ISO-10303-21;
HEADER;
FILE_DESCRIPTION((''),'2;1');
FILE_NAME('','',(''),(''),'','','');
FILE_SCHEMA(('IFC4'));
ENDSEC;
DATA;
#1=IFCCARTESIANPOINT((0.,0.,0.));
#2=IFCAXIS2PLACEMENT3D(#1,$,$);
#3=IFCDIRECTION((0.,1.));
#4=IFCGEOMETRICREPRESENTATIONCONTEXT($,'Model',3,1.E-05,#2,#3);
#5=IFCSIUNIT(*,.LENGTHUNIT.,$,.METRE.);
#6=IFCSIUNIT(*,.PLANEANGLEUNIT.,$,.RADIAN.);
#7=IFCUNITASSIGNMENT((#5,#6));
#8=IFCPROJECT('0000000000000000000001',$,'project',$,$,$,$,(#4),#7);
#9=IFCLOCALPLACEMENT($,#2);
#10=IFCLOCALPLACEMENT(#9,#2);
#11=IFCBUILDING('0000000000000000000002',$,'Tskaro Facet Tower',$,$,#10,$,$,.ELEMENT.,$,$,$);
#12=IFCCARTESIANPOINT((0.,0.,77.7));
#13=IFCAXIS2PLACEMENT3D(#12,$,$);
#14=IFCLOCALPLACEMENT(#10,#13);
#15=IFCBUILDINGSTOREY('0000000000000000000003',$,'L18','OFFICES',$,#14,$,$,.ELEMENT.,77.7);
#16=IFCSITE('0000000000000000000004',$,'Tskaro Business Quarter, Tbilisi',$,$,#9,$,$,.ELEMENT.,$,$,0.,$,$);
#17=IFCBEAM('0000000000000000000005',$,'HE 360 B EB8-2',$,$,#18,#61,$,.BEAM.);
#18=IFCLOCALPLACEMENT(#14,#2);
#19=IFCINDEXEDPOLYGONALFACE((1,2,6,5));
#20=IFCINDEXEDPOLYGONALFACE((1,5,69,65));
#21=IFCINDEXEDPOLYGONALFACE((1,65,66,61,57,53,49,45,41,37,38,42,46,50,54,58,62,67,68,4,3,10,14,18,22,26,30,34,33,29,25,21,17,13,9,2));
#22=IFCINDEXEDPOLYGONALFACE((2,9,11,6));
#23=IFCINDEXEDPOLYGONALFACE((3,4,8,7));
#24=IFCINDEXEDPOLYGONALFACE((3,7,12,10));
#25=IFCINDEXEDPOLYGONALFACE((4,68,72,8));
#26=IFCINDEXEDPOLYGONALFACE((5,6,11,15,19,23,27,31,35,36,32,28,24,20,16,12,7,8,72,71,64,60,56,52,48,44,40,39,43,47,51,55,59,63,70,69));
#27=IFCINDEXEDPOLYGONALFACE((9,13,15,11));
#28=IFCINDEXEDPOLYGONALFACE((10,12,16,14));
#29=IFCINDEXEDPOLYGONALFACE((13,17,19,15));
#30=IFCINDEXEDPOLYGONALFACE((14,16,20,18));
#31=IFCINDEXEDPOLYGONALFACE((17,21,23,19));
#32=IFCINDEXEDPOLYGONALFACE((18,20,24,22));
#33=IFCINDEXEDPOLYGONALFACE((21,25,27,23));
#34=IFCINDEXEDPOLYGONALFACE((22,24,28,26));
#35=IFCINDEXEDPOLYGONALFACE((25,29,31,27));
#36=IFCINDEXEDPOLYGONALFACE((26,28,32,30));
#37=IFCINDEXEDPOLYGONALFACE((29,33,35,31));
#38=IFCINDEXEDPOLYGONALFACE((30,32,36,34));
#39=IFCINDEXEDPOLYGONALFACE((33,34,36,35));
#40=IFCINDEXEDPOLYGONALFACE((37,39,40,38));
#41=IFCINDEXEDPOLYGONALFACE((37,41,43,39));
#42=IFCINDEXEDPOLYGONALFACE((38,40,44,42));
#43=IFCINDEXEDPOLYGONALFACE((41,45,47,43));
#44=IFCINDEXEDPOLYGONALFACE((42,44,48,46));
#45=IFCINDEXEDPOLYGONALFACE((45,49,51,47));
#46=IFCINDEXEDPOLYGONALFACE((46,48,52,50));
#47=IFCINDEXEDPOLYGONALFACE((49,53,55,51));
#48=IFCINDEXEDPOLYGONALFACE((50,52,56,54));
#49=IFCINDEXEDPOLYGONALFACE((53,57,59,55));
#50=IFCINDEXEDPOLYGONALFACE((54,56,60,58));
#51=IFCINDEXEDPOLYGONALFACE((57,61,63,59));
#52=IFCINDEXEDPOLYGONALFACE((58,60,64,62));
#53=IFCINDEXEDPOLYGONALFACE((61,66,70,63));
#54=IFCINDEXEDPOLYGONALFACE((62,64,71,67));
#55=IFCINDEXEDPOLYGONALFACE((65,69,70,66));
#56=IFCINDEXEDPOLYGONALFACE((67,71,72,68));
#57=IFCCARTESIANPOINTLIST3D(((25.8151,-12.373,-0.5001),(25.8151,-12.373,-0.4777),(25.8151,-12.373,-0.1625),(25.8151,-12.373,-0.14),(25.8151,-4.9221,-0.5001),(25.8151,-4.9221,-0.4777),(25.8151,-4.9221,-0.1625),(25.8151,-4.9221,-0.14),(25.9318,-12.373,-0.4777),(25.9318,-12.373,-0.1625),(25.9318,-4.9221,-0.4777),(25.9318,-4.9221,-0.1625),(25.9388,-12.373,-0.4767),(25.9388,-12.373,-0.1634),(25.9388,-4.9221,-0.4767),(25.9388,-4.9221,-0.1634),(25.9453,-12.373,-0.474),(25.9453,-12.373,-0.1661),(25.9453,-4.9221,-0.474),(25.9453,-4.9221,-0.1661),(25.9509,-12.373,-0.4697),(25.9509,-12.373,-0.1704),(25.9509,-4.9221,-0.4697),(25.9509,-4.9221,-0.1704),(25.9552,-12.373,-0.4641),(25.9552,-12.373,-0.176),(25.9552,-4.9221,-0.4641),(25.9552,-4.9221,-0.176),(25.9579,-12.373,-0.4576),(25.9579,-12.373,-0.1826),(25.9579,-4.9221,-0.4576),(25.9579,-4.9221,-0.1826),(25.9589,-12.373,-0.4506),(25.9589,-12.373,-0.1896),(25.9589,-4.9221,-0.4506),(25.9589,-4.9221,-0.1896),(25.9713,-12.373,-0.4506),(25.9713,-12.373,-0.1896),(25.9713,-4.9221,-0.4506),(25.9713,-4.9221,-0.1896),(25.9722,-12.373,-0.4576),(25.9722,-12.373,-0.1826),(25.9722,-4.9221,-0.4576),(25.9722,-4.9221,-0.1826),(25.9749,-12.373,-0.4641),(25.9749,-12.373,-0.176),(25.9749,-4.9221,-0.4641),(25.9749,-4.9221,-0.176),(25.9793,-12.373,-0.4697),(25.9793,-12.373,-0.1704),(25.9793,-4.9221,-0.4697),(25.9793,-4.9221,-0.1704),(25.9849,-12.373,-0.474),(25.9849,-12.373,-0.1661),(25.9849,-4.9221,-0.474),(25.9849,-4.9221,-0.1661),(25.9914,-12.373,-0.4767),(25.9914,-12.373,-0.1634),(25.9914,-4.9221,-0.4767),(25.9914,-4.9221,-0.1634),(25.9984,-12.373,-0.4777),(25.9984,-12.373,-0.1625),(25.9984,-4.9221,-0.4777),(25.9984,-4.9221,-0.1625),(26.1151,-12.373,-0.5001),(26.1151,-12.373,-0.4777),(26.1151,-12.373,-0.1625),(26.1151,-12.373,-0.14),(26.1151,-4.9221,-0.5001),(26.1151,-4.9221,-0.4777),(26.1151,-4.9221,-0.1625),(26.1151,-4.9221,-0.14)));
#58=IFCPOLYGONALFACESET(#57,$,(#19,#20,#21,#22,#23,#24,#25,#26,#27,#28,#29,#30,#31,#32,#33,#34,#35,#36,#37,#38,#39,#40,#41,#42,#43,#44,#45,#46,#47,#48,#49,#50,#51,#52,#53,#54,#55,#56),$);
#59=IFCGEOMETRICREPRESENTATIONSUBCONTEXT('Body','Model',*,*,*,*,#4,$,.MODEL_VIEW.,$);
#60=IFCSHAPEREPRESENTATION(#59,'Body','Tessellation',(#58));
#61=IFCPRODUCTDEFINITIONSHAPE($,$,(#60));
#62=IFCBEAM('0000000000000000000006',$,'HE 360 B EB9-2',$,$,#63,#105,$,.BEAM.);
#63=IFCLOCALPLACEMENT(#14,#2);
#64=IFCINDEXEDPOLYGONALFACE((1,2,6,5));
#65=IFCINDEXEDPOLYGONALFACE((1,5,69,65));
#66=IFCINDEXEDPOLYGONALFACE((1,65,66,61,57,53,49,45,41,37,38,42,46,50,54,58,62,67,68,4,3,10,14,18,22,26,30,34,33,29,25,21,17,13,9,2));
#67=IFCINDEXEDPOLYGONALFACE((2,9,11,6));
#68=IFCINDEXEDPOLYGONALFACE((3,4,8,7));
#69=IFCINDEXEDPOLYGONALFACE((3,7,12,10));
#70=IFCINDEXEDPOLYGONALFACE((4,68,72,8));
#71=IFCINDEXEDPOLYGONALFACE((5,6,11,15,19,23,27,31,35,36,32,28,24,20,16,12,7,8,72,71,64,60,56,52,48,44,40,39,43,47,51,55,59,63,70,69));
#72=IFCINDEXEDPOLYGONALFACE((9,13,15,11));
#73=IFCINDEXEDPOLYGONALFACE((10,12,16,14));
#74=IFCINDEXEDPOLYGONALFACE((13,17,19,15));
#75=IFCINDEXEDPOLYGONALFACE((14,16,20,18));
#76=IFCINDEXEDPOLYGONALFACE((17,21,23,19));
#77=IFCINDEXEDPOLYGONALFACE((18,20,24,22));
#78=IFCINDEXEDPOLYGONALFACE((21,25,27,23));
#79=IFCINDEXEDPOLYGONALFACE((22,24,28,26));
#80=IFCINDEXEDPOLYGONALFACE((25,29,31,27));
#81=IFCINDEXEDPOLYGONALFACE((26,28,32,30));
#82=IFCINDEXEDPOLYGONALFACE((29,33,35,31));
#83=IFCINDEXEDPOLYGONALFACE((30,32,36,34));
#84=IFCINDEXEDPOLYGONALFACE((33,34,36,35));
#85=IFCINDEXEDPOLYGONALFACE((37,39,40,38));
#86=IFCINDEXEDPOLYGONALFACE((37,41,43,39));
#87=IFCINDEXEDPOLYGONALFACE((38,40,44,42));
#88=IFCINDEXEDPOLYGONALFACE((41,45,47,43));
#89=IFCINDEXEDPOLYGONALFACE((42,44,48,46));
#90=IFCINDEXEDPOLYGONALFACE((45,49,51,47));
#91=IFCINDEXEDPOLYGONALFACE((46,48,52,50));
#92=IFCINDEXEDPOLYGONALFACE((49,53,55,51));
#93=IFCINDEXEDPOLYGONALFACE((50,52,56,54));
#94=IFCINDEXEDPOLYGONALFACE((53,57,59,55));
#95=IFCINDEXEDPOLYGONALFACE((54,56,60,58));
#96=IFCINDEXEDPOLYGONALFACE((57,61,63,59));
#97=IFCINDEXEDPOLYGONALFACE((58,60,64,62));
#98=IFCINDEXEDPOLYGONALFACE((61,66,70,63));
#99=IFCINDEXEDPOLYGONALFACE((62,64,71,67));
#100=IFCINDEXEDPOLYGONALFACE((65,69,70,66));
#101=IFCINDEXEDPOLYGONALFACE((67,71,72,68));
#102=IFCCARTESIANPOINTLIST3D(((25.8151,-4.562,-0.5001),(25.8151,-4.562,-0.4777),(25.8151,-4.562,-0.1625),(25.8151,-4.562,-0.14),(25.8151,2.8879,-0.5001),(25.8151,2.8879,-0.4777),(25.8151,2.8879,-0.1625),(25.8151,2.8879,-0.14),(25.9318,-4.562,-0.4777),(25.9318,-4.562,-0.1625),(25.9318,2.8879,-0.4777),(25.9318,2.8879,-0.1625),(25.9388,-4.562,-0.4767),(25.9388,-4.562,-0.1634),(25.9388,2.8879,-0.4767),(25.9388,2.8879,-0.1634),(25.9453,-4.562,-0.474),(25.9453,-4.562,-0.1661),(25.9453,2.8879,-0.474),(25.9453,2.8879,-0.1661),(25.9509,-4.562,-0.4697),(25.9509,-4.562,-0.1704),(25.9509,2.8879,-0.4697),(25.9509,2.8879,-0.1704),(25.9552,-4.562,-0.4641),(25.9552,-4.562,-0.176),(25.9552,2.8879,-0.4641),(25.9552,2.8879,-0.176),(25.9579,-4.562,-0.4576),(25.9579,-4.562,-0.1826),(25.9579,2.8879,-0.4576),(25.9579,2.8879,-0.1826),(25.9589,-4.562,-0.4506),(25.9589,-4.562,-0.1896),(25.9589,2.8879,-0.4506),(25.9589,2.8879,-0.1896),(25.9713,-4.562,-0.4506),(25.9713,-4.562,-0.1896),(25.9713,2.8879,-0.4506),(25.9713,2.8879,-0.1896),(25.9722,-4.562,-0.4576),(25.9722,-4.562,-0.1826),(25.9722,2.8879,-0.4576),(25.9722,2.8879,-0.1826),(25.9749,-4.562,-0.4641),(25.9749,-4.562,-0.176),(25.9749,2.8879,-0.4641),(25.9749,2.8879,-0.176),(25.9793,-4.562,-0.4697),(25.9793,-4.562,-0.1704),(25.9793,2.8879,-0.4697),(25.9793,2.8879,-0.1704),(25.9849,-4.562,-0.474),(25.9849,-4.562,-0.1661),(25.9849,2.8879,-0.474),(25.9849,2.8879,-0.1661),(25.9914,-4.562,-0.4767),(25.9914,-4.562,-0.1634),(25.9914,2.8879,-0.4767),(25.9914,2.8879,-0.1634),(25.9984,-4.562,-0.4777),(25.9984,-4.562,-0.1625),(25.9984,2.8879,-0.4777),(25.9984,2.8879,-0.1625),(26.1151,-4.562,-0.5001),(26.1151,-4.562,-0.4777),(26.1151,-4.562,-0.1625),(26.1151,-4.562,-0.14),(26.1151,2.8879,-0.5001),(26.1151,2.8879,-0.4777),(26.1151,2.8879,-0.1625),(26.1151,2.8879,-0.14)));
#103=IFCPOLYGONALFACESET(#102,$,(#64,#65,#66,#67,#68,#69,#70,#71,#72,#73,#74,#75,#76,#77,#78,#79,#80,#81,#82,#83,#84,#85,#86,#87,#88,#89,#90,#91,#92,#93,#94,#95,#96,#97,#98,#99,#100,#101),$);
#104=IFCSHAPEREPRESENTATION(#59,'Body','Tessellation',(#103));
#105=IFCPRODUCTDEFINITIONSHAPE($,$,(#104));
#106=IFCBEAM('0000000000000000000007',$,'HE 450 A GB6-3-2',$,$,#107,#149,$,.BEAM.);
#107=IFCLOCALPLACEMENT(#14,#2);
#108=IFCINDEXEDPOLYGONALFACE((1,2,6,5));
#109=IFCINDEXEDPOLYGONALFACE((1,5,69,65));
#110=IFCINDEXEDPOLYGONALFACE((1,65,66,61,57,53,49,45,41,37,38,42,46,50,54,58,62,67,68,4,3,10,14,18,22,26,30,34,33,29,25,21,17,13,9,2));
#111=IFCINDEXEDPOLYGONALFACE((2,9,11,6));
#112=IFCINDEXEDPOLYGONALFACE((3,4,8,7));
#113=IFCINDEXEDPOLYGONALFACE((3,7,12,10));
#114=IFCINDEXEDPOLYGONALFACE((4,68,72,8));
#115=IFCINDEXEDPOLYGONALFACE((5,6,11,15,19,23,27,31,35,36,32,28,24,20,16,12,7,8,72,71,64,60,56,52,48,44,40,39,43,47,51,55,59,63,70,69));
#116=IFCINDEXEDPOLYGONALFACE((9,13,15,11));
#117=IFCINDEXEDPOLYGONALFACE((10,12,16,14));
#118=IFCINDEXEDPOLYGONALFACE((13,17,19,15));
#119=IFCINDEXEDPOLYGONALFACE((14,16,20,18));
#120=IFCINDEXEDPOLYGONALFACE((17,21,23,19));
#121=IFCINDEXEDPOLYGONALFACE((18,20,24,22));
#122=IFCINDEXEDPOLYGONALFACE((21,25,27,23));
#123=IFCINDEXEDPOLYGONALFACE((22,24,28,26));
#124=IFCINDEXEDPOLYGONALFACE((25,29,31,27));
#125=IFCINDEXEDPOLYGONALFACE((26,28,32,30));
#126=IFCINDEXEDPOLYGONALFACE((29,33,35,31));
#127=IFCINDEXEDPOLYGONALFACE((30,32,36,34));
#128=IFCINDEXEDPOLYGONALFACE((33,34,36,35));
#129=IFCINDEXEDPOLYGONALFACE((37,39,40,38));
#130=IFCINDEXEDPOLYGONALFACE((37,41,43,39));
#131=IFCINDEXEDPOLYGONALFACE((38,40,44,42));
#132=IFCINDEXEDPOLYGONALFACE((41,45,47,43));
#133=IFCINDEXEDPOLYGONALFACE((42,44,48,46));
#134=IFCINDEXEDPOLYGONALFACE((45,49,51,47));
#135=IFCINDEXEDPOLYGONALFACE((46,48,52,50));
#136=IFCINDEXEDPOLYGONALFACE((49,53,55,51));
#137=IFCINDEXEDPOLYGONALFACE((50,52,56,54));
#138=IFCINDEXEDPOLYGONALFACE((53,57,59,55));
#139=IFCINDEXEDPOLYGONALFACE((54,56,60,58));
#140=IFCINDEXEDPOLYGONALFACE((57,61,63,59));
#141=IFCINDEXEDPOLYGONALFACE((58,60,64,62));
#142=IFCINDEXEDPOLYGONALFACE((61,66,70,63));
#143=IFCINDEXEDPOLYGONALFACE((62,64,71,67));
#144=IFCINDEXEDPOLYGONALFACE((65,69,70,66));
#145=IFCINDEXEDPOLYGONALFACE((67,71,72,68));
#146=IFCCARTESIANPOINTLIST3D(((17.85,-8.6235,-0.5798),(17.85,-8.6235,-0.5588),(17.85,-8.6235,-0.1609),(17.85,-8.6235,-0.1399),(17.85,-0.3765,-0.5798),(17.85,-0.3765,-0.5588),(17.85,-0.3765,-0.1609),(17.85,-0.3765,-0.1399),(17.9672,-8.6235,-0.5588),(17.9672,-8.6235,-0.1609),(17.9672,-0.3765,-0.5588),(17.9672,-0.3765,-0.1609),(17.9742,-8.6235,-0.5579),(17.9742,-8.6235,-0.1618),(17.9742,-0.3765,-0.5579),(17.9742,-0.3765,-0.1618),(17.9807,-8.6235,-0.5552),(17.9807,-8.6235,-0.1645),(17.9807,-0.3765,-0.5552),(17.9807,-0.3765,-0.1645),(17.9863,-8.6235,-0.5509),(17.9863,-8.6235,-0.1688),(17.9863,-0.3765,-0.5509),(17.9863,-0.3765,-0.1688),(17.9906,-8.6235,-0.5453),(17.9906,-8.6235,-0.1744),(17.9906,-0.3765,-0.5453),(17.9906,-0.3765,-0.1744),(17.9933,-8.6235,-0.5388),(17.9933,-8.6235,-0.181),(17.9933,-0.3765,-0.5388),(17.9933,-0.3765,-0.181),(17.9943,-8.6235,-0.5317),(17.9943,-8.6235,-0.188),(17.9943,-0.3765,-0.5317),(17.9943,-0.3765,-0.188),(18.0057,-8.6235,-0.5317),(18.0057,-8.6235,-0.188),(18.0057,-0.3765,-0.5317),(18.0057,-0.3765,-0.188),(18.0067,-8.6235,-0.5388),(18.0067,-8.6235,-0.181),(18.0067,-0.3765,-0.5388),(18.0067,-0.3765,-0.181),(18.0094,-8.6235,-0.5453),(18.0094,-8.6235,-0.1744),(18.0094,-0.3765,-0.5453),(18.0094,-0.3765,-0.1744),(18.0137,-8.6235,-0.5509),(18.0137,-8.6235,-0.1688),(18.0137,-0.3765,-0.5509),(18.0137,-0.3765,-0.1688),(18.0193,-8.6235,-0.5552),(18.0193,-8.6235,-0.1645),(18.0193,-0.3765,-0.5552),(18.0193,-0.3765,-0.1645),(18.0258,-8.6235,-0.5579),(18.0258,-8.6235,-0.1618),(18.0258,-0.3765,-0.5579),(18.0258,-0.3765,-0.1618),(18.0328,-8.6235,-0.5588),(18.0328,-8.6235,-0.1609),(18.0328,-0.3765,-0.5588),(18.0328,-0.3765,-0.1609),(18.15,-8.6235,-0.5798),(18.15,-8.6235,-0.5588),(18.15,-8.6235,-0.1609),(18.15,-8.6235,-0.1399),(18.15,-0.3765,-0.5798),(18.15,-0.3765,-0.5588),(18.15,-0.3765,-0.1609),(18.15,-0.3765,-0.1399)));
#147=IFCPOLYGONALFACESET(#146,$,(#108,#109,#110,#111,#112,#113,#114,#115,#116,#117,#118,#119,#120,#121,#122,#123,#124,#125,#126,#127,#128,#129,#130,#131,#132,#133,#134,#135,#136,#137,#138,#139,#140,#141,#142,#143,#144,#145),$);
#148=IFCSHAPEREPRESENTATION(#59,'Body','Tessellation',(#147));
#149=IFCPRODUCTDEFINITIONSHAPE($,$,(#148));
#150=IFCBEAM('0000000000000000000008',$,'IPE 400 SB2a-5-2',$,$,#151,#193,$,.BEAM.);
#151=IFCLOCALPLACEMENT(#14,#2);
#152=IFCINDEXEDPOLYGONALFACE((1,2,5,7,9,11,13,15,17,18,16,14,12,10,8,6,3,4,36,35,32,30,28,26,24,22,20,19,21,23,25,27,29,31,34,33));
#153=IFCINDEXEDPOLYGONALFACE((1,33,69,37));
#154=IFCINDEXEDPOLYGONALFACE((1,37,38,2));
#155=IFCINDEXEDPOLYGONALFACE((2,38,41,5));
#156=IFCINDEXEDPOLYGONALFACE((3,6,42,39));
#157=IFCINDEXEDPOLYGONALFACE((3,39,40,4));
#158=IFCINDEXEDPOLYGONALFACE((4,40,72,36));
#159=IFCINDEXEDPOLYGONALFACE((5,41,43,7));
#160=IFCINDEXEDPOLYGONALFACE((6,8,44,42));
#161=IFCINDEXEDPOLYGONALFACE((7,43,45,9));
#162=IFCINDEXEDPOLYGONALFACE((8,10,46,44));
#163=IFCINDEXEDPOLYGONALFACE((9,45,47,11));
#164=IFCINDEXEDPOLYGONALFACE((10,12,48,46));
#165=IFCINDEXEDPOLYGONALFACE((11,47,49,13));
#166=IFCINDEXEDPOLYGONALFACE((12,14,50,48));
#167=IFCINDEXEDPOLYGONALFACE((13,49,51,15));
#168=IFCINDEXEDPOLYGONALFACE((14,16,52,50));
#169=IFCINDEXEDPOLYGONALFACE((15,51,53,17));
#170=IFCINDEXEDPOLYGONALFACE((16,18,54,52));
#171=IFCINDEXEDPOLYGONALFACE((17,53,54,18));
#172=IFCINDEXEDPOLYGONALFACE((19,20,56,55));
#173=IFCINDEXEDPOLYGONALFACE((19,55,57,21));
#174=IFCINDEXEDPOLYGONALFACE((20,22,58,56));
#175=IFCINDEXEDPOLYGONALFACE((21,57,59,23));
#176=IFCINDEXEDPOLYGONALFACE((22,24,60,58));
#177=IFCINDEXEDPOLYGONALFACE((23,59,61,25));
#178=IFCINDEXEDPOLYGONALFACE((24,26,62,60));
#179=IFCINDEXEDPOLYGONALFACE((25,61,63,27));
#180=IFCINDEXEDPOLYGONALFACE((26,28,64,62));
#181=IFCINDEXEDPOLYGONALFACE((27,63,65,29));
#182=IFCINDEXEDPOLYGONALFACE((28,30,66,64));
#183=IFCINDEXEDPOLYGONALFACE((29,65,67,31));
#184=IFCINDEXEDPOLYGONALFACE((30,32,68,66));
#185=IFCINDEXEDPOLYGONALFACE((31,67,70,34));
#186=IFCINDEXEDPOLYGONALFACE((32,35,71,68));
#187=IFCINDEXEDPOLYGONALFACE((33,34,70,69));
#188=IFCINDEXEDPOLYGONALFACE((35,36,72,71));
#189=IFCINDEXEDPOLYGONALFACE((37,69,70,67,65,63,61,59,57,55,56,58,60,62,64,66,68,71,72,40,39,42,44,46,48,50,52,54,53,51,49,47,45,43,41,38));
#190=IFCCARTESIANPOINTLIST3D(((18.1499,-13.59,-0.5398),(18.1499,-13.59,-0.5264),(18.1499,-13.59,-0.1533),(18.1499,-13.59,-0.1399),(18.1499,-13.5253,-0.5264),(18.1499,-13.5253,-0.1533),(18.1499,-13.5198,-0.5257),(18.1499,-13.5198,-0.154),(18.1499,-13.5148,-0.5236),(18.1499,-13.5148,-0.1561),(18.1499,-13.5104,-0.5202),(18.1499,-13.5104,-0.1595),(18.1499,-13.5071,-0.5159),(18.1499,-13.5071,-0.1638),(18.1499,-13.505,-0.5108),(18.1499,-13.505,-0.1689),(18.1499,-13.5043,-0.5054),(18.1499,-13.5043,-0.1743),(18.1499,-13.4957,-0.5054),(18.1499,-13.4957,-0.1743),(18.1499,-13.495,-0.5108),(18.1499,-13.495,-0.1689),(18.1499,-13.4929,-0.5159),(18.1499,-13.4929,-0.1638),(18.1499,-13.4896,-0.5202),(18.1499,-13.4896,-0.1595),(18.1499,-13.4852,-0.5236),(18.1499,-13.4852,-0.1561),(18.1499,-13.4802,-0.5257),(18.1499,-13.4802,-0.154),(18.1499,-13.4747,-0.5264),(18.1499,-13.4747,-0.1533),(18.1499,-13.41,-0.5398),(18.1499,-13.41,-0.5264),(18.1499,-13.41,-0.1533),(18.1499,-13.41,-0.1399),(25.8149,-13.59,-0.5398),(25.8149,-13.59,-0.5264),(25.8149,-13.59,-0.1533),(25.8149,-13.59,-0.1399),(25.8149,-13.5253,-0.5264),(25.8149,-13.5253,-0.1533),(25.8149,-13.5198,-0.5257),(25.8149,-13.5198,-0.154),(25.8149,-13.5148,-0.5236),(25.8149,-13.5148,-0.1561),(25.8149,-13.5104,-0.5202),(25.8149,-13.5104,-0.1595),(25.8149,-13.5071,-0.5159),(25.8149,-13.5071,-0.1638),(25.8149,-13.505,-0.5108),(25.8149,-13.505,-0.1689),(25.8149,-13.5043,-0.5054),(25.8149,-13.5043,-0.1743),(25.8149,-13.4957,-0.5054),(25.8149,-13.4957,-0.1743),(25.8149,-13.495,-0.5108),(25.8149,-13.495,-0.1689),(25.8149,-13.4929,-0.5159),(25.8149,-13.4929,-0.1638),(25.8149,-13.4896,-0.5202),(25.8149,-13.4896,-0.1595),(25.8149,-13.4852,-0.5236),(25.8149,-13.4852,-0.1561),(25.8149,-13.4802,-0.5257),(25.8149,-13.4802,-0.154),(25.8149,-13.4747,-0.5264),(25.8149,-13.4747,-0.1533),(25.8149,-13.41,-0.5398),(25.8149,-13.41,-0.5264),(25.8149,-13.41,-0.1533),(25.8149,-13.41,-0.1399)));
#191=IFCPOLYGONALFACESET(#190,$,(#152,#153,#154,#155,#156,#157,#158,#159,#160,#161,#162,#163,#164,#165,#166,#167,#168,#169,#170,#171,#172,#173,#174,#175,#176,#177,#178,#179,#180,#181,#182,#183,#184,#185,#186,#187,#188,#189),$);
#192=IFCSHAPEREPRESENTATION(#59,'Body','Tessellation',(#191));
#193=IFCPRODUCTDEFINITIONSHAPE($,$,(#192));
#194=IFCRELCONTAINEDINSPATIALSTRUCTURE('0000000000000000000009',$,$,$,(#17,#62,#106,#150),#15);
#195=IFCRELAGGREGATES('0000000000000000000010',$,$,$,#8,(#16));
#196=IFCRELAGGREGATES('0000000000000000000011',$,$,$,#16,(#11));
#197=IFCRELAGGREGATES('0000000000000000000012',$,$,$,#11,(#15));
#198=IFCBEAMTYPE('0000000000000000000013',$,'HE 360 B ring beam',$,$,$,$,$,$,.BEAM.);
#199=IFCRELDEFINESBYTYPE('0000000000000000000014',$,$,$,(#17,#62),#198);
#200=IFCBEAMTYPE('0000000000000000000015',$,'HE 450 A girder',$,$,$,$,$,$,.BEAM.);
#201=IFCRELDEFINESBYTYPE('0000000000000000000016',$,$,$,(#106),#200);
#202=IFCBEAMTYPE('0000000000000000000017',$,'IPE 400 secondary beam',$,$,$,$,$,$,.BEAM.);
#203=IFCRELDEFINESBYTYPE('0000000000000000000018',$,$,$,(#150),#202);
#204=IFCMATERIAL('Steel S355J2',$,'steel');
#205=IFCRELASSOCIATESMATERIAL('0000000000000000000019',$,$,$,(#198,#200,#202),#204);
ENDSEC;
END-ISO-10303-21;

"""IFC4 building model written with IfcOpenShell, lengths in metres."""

from ifc_helpers import new_model, si_unit, direction, frame, origin, origin_2d, place, context, subcontext, project, spatial, i_section, extrude, material, material_profile, profile_set, type_object, element, save


model = new_model("IFC4")

# Units and contexts
model_context = context("Model", 3, precision=1e-05, world=origin(), true_north=direction((0.0, 1.0)))
body_context = subcontext(model_context, "Body", "Model", "MODEL_VIEW")
ifc_project = project(units=[si_unit("LENGTHUNIT", "METRE"), si_unit("PLANEANGLEUNIT", "RADIAN")], contexts=[model_context])

# Site, building, storey
site_placement = place(None, origin())
site = spatial("IfcSite", under=ifc_project, at=site_placement, Name="Tskaro Business Quarter, Tbilisi", CompositionType="ELEMENT", RefElevation=0.0)
building_placement = place(site_placement, origin())
building = spatial("IfcBuilding", under=site, at=building_placement, Name="Tskaro Facet Tower", CompositionType="ELEMENT")
storey_placement = place(building_placement, frame((0.0, 0.0, 77.7)))
storey = spatial("IfcBuildingStorey", under=building, at=storey_placement, Name="L18", Description="OFFICES", CompositionType="ELEMENT", Elevation=77.7)

# Beams
ifc_material_1 = material(Name="Steel S355J2", Category="steel")
ifc_material_profile_1 = material_profile(ifc_material_1, i_section(OverallWidth=0.3, OverallDepth=0.3601, WebThickness=0.0125, FlangeThickness=0.0225, FilletRadius=0.0271, at=origin_2d()), Name="HE 360 B")
ifc_profile_set_1 = profile_set([ifc_material_profile_1], Name="Steel S355J2")
beam_type_1 = type_object("IfcBeamType", Name="HE 360 B ring beam", PredefinedType="BEAM", material=ifc_profile_set_1)
beam_1_placement = place(storey_placement, frame((25.9651, -12.373, -0.3201), z_axis=(0.0, 1.0, 0.0), x_axis=(-1.0, 0.0, 0.0)))
element("IfcBeam", 1, at=beam_1_placement, inside=storey, type_object=beam_type_1, Name="HE 360 B EB8-2", PredefinedType="BEAM", context=body_context, shape_type="SweptSolid", body=[
    extrude(i_section(OverallWidth=0.3, OverallDepth=0.3601, WebThickness=0.0125, FlangeThickness=0.0225, FilletRadius=0.0271, at=origin_2d()), origin(), (0.0, 0.0, 1.0), 7.4509),
])
beam_2_placement = place(storey_placement, frame((25.9651, -4.562, -0.3201), z_axis=(0.0, 1.0, 0.0), x_axis=(-1.0, 0.0, 0.0)))
element("IfcBeam", 2, at=beam_2_placement, inside=storey, type_object=beam_type_1, Name="HE 360 B EB9-2", PredefinedType="BEAM", context=body_context, shape_type="SweptSolid", body=[
    extrude(i_section(OverallWidth=0.3, OverallDepth=0.3601, WebThickness=0.0125, FlangeThickness=0.0225, FilletRadius=0.0271, at=origin_2d()), origin(), (0.0, 0.0, 1.0), 7.45),
])
ifc_material_profile_2 = material_profile(ifc_material_1, i_section(OverallWidth=0.3, OverallDepth=0.4399, WebThickness=0.0115, FlangeThickness=0.021, FilletRadius=0.0271, at=origin_2d()), Name="HE 450 A")
ifc_profile_set_2 = profile_set([ifc_material_profile_2], Name="Steel S355J2")
beam_type_2 = type_object("IfcBeamType", Name="HE 450 A girder", PredefinedType="BEAM", material=ifc_profile_set_2)
beam_3_placement = place(storey_placement, frame((18.0, -8.6235, -0.3599), z_axis=(0.0, 1.0, 0.0), x_axis=(-1.0, 0.0, 0.0)))
element("IfcBeam", 3, at=beam_3_placement, inside=storey, type_object=beam_type_2, Name="HE 450 A GB6-3-2", PredefinedType="BEAM", context=body_context, shape_type="SweptSolid", body=[
    extrude(i_section(OverallWidth=0.3, OverallDepth=0.4399, WebThickness=0.0115, FlangeThickness=0.021, FilletRadius=0.0271, at=origin_2d()), origin(), (0.0, 0.0, 1.0), 8.2471),
])
ifc_material_profile_3 = material_profile(ifc_material_1, i_section(OverallWidth=0.1799, OverallDepth=0.3999, WebThickness=0.0085, FlangeThickness=0.0134, FilletRadius=0.021, at=origin_2d()), Name="IPE 400")
ifc_profile_set_3 = profile_set([ifc_material_profile_3], Name="Steel S355J2")
beam_type_3 = type_object("IfcBeamType", Name="IPE 400 secondary beam", PredefinedType="BEAM", material=ifc_profile_set_3)
for number, where, z_axis, x_axis, name in (
    (4, (18.1499, -13.5, -0.3398), (1.0, 0.0, 0.0), (0.0, 1.0, 0.0), "IPE 400 SB2a-5-2"),
):
    element("IfcBeam", number, at=place(storey_placement, frame(where, z_axis=z_axis, x_axis=x_axis)), inside=storey, type_object=beam_type_3, Name=name, PredefinedType="BEAM", context=body_context, shape_type="SweptSolid", body=[
        extrude(i_section(OverallWidth=0.1799, OverallDepth=0.3999, WebThickness=0.0085, FlangeThickness=0.0134, FilletRadius=0.021, at=origin_2d()), origin(), (0.0, 0.0, 1.0), 7.665),
    ])

save(model, "model.ifc")
